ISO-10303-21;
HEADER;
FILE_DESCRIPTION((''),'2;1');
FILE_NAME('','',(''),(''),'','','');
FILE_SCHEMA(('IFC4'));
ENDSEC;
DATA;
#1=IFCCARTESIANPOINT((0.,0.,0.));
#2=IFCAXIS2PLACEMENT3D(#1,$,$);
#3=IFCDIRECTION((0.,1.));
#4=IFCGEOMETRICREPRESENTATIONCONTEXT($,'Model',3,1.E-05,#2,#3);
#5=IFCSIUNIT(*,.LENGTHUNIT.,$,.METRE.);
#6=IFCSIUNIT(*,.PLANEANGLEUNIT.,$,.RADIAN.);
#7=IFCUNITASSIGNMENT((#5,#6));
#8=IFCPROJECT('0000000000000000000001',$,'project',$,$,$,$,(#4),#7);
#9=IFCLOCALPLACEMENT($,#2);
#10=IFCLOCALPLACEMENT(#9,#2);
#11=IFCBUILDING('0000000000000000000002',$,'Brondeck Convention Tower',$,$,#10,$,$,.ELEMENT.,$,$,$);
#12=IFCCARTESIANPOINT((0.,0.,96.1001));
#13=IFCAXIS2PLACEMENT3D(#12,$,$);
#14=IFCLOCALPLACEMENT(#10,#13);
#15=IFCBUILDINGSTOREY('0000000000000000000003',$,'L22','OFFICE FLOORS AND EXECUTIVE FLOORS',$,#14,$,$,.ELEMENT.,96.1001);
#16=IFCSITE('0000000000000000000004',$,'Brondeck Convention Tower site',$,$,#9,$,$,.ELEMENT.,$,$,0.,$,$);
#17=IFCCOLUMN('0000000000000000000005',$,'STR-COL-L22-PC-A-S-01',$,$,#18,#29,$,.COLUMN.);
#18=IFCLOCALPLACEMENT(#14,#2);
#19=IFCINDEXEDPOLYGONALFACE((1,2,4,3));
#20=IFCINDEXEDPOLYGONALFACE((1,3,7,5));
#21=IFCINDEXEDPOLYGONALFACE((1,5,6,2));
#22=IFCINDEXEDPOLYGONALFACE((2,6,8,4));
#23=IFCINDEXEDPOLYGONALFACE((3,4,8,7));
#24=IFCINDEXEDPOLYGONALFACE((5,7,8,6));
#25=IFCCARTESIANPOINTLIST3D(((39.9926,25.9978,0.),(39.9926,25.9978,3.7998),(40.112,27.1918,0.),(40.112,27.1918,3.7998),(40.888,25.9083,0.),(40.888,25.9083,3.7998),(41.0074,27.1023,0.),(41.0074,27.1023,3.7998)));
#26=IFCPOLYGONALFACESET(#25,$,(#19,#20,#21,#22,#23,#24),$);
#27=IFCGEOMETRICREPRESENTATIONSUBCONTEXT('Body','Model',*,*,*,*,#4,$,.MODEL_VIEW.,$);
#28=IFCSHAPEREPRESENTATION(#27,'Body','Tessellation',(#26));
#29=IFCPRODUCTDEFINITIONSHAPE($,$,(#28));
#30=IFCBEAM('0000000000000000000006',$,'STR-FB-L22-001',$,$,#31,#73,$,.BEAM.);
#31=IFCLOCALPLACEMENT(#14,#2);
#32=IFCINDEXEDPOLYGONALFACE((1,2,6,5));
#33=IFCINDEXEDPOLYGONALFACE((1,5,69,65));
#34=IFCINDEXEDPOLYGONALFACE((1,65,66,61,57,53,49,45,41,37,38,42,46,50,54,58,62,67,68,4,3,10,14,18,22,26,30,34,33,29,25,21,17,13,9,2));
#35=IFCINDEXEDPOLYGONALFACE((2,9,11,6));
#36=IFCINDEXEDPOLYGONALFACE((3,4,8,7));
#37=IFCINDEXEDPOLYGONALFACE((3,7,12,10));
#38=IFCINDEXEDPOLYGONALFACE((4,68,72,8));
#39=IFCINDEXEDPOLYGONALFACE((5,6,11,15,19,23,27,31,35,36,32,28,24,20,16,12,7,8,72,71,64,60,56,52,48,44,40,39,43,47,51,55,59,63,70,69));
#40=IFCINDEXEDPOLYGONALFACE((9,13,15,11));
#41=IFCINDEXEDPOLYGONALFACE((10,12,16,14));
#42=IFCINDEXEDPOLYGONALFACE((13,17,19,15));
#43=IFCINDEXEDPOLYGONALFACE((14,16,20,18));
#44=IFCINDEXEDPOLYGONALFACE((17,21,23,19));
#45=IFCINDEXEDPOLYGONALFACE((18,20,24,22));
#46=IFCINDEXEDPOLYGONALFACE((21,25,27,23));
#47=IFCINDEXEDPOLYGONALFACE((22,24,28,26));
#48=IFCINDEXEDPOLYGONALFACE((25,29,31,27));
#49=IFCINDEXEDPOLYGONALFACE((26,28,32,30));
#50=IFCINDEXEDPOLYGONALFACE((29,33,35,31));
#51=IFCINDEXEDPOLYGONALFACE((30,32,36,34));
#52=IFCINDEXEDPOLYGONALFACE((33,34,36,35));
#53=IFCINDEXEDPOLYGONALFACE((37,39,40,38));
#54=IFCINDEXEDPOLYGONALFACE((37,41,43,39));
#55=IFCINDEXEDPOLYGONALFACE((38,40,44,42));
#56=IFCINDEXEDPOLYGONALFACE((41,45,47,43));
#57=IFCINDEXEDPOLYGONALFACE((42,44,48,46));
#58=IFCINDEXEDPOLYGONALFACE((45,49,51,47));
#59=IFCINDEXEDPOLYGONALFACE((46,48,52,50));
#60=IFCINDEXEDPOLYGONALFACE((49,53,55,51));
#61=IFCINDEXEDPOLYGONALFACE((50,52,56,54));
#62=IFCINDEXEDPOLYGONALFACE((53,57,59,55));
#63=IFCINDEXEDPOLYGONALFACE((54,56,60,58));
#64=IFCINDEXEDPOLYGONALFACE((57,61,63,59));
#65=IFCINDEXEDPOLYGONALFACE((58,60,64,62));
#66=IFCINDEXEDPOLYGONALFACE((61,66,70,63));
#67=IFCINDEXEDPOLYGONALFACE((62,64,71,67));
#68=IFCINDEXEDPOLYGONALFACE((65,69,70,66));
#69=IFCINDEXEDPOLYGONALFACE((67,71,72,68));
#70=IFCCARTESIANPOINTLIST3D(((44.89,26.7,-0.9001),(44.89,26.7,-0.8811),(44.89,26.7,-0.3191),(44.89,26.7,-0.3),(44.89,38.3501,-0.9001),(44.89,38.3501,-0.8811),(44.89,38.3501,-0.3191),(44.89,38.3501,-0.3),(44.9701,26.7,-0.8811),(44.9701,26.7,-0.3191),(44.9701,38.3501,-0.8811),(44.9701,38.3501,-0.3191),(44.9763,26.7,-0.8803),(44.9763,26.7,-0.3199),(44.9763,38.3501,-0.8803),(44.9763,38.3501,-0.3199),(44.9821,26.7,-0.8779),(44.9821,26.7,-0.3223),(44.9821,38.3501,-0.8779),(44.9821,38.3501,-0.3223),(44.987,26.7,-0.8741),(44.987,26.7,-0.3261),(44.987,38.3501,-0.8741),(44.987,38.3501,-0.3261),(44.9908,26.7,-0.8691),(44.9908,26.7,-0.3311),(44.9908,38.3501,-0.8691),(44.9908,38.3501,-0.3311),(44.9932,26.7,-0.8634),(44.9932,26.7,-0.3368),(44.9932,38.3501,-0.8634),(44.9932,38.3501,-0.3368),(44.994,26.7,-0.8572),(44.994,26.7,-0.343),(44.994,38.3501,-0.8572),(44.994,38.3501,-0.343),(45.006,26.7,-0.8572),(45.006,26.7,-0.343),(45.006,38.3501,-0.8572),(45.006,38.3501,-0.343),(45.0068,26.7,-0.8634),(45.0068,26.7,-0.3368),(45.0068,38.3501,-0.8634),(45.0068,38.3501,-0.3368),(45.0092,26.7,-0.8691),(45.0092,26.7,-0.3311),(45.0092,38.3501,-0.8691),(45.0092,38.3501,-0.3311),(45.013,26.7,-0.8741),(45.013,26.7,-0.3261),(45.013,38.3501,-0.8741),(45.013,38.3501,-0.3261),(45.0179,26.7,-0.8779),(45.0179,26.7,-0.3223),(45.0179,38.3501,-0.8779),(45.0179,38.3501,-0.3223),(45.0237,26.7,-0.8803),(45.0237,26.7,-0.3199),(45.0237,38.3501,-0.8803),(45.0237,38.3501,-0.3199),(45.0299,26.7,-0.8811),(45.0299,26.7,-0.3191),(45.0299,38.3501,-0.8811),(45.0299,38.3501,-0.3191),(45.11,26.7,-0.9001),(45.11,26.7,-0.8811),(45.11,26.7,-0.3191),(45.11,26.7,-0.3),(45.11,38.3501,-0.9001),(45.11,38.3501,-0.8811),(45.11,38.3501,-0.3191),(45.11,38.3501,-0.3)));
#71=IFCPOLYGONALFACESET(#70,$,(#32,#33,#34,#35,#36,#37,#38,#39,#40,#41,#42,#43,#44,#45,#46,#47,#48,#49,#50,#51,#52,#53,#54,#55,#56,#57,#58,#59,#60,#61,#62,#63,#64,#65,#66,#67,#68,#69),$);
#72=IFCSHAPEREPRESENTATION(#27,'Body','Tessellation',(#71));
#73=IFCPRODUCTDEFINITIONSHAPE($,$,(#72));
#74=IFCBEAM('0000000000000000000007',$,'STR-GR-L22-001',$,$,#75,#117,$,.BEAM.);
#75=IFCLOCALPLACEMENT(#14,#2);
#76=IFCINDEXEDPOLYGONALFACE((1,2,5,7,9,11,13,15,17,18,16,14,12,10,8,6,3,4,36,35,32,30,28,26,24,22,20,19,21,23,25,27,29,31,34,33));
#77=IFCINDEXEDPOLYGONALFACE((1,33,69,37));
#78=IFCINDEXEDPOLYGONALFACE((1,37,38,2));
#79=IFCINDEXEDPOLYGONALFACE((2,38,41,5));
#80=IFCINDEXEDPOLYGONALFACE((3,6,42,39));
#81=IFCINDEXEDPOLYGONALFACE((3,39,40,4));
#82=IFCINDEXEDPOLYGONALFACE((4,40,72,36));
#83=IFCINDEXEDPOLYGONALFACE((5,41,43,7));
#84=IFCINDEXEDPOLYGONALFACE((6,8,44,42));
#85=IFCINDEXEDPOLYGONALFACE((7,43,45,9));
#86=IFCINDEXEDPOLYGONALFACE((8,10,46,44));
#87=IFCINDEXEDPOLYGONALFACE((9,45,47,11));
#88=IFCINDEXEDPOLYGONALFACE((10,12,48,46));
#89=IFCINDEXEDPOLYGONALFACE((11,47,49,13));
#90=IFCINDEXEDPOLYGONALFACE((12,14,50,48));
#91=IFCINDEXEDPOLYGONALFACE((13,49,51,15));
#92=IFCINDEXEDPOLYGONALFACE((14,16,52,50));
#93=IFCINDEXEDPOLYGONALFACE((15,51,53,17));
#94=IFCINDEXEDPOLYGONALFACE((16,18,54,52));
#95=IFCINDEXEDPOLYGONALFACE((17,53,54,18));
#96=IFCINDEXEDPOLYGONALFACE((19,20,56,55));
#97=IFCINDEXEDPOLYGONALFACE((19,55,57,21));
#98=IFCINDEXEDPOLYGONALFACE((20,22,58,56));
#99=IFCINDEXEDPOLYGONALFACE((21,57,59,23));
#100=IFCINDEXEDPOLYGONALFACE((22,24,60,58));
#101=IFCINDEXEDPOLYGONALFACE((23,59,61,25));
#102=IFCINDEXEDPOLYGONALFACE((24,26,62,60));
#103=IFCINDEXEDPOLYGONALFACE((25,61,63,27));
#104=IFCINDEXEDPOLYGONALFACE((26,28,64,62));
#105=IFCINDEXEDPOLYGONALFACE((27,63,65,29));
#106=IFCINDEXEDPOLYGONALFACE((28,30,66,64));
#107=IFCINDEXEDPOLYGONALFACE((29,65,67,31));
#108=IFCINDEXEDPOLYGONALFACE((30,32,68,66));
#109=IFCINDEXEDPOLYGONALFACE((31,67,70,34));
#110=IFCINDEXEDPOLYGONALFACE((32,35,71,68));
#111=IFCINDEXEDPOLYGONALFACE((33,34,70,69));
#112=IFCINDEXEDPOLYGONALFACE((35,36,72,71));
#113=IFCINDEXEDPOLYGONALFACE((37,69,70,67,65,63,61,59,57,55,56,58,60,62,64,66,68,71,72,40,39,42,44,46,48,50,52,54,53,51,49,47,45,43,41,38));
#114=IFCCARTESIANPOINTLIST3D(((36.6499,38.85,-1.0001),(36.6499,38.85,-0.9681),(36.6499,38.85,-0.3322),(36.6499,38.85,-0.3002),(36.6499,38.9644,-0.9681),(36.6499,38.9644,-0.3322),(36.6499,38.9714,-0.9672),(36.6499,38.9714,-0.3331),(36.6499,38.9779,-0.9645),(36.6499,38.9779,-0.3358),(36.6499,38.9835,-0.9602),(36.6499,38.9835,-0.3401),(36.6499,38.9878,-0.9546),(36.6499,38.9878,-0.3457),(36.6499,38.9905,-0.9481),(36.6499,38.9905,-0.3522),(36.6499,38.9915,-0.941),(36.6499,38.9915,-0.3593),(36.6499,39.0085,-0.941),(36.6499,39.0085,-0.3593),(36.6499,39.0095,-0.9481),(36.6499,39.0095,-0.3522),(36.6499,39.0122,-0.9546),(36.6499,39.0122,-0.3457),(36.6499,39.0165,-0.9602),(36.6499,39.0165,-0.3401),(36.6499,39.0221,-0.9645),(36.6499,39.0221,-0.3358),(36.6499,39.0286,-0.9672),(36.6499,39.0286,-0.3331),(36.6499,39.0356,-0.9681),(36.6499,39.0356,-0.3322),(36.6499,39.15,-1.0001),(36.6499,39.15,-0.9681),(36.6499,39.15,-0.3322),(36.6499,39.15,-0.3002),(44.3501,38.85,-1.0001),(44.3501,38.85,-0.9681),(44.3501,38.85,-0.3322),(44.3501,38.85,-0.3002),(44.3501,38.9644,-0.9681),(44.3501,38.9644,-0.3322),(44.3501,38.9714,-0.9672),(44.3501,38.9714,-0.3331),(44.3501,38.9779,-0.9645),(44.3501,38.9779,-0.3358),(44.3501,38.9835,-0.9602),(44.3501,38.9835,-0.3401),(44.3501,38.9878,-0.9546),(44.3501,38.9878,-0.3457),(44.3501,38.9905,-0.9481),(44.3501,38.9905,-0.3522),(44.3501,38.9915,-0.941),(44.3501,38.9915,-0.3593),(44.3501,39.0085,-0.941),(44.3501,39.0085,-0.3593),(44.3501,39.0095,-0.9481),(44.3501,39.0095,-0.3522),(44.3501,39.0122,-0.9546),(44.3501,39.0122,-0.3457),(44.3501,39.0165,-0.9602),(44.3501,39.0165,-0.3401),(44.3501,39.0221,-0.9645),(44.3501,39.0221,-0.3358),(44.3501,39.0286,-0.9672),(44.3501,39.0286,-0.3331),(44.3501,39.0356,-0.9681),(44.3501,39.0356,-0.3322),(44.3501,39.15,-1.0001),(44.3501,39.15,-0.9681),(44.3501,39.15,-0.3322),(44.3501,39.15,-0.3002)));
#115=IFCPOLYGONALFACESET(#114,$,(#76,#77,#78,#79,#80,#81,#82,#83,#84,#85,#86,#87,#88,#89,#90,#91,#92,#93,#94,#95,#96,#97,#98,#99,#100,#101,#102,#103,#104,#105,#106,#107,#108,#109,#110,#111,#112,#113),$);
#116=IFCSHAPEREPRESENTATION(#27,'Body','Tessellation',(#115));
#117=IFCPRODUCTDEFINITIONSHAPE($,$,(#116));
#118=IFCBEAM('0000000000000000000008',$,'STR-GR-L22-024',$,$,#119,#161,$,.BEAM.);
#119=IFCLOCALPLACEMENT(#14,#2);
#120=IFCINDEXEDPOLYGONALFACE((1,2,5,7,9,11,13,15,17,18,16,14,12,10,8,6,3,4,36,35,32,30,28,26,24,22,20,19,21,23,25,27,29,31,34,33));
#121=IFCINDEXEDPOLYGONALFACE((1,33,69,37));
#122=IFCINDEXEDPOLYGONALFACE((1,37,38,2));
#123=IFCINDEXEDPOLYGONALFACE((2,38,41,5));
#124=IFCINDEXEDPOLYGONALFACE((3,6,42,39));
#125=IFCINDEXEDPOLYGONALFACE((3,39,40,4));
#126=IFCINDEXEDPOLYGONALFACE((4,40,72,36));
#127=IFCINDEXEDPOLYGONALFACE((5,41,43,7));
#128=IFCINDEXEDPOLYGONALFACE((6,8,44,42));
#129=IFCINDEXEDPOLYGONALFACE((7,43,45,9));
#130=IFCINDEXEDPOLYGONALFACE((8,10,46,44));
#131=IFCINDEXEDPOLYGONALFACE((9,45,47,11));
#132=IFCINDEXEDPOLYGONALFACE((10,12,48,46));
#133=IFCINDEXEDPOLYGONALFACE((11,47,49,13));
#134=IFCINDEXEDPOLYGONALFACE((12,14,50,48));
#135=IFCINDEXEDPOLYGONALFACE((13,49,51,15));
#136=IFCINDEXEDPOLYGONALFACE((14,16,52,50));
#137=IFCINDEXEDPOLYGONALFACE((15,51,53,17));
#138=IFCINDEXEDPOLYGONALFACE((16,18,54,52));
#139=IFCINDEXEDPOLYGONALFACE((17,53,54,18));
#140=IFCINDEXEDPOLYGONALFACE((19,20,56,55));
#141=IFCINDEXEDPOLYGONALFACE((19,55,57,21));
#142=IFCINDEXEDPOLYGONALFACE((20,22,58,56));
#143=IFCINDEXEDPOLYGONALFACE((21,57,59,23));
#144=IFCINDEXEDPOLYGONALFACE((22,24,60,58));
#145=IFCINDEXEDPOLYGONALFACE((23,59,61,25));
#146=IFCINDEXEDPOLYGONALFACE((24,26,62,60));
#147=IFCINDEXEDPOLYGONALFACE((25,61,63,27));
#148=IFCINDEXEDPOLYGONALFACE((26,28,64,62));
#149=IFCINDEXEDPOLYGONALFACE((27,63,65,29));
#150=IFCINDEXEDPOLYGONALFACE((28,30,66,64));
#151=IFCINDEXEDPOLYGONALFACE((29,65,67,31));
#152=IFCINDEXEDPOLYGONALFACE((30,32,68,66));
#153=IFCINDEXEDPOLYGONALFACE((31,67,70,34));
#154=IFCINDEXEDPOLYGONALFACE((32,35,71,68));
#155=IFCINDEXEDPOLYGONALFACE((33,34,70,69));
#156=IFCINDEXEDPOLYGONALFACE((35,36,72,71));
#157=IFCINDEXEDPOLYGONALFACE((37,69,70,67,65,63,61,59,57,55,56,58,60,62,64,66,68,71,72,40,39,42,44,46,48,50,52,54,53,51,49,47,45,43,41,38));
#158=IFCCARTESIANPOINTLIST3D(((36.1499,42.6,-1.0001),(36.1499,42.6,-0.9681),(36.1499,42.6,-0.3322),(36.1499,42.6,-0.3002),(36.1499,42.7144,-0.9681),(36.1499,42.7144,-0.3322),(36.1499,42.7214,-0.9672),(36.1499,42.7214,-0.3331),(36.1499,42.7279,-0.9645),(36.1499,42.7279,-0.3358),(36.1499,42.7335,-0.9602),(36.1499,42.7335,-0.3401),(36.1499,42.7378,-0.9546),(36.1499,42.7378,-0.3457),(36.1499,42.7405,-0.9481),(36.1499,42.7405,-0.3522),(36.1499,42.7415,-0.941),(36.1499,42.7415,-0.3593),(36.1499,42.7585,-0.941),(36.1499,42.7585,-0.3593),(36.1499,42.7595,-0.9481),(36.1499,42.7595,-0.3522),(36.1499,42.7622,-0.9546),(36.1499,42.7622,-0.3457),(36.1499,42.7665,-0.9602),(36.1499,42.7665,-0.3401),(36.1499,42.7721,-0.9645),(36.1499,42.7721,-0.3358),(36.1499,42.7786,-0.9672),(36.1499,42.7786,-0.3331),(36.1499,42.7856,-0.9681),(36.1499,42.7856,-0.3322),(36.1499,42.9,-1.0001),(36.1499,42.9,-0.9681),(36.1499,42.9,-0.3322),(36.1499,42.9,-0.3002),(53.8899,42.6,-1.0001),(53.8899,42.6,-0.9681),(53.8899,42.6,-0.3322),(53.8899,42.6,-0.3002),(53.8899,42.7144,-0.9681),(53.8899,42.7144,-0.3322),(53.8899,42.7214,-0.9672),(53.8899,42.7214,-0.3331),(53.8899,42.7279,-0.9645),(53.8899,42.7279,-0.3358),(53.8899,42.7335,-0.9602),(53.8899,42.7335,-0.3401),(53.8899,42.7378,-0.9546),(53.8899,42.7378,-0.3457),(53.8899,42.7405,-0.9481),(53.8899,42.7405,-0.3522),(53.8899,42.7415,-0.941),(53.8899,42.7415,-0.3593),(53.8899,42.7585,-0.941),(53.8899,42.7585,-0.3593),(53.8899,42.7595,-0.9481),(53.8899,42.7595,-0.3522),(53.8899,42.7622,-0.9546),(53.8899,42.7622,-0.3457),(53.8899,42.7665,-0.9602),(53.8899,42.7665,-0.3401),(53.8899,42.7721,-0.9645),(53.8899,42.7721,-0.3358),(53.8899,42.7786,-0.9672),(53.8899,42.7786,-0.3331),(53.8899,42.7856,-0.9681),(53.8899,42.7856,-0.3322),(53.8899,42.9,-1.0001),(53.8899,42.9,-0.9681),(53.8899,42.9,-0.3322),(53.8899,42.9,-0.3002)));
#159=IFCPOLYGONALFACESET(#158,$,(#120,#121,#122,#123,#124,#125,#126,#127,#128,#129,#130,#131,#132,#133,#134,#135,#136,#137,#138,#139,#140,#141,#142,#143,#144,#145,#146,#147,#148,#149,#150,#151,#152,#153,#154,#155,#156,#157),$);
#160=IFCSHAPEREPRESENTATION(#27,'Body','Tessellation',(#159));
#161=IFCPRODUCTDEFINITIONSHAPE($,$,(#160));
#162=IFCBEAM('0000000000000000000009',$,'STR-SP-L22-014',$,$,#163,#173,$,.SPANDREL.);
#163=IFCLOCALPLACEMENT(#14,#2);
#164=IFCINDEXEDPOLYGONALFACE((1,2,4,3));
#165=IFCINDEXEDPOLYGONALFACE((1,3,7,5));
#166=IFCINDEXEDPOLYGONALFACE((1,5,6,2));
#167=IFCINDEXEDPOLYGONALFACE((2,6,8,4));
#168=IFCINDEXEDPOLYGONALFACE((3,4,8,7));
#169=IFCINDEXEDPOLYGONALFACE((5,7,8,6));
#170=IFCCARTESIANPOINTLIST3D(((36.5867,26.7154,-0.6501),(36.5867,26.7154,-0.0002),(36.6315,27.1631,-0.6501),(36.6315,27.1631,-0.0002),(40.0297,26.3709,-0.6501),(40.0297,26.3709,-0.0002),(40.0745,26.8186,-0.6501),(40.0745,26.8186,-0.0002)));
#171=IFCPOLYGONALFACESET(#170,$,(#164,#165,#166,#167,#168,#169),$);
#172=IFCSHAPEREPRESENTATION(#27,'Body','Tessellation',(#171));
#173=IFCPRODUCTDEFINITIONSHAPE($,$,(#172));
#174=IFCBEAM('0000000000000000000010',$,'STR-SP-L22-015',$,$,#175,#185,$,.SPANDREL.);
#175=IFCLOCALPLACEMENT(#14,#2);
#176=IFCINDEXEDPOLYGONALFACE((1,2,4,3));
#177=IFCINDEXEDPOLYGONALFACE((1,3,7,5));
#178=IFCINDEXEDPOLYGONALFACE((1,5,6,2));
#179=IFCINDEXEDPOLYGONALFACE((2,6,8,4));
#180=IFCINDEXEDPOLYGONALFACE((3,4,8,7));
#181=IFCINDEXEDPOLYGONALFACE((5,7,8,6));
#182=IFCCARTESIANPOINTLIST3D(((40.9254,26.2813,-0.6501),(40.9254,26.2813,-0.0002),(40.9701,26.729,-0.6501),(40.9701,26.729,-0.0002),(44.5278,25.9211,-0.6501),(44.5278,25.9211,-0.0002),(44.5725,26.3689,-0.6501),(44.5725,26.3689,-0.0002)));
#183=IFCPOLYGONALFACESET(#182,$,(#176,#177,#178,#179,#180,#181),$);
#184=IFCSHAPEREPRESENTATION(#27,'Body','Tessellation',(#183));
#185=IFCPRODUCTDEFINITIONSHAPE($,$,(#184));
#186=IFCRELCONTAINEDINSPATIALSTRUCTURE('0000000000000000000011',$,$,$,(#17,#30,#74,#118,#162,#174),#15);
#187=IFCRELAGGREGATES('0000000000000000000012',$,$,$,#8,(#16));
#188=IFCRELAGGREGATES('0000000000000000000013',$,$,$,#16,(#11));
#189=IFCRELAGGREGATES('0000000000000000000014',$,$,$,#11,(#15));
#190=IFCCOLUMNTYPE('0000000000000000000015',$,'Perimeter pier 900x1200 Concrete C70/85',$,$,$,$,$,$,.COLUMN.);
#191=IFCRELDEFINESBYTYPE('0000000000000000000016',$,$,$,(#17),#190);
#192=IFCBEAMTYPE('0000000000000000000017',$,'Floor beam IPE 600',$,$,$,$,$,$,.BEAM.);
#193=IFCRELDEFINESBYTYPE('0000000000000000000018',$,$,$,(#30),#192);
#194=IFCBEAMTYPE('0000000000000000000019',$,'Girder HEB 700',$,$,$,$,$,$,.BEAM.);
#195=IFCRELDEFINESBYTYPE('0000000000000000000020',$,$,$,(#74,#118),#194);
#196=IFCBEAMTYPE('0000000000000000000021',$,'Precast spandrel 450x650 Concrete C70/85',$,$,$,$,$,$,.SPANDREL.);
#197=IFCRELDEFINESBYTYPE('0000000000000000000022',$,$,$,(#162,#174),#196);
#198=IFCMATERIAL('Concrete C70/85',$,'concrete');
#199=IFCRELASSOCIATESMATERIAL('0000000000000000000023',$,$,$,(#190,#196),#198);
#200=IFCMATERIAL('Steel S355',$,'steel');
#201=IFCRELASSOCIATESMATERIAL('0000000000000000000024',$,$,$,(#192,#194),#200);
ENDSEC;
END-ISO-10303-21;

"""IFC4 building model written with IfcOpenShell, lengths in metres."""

from ifc_helpers import new_model, si_unit, direction, frame, origin, origin_2d, place, context, subcontext, project, spatial, rectangle, i_section, extrude, material, material_profile, profile_set, type_object, element, save


model = new_model("IFC4")

# Units and contexts
model_context = context("Model", 3, precision=1e-05, world=origin(), true_north=direction((0.0, 1.0)))
body_context = subcontext(model_context, "Body", "Model", "MODEL_VIEW")
ifc_project = project(units=[si_unit("LENGTHUNIT", "METRE"), si_unit("PLANEANGLEUNIT", "RADIAN")], contexts=[model_context])

# Site, building, storey
site_placement = place(None, origin())
site = spatial("IfcSite", under=ifc_project, at=site_placement, Name="Brondeck Convention Tower site", CompositionType="ELEMENT", RefElevation=0.0)
building_placement = place(site_placement, origin())
building = spatial("IfcBuilding", under=site, at=building_placement, Name="Brondeck Convention Tower", CompositionType="ELEMENT")
storey_placement = place(building_placement, frame((0.0, 0.0, 96.1001)))
storey = spatial("IfcBuildingStorey", under=building, at=storey_placement, Name="L22", Description="OFFICE FLOORS AND EXECUTIVE FLOORS", CompositionType="ELEMENT", Elevation=96.1001)

# Column
ifc_material_1 = material(Name="Concrete C70/85", Category="concrete")
ifc_material_profile_1 = material_profile(ifc_material_1, rectangle(XDim=0.8999, YDim=1.2, at=origin_2d()), Name="Perimeter pier 900x1200 Concrete C70/85")
ifc_profile_set_1 = profile_set([ifc_material_profile_1], Name="Concrete C70/85")
column_type = type_object("IfcColumnType", Name="Perimeter pier 900x1200 Concrete C70/85", PredefinedType="COLUMN", material=ifc_profile_set_1)
column_placement = place(storey_placement, frame((40.5, 26.55, 0.0), z_axis=(0.0, 0.0, 1.0), x_axis=(0.995037, -0.099504, 0.0)))
element("IfcColumn", 1, at=column_placement, inside=storey, type_object=column_type, Name="STR-COL-L22-PC-A-S-01", PredefinedType="COLUMN", context=body_context, shape_type="SweptSolid", body=[
    extrude(rectangle(XDim=0.8999, YDim=1.2, at=origin_2d()), origin(), (0.0, 0.0, 1.0), 3.7998),
])

# Beams
ifc_material_2 = material(Name="Steel S355", Category="steel")
ifc_material_profile_2 = material_profile(ifc_material_2, i_section(OverallWidth=0.22, OverallDepth=0.6001, WebThickness=0.012, FlangeThickness=0.019, FilletRadius=0.0239, at=origin_2d()), Name="IPE 600")
ifc_profile_set_2 = profile_set([ifc_material_profile_2], Name="Steel S355")
beam_type_1 = type_object("IfcBeamType", Name="Floor beam IPE 600", PredefinedType="BEAM", material=ifc_profile_set_2)
beam_1_placement = place(storey_placement, frame((45.0, 26.7, -0.6001), z_axis=(0.0, 1.0, 0.0), x_axis=(-1.0, 0.0, 0.0)))
element("IfcBeam", 2, at=beam_1_placement, inside=storey, type_object=beam_type_1, Name="STR-FB-L22-001", PredefinedType="BEAM", context=body_context, shape_type="SweptSolid", body=[
    extrude(i_section(OverallWidth=0.22, OverallDepth=0.6001, WebThickness=0.012, FlangeThickness=0.019, FilletRadius=0.0239, at=origin_2d()), origin(), (0.0, 0.0, 1.0), 11.6501),
])
ifc_material_profile_3 = material_profile(ifc_material_2, i_section(OverallWidth=0.3, OverallDepth=0.7, WebThickness=0.0171, FlangeThickness=0.032, FilletRadius=0.0271, at=origin_2d()), Name="HEB 700")
ifc_profile_set_3 = profile_set([ifc_material_profile_3], Name="Steel S355")
beam_type_2 = type_object("IfcBeamType", Name="Girder HEB 700", PredefinedType="BEAM", material=ifc_profile_set_3)
beam_2_placement = place(storey_placement, frame((36.6499, 39.0, -0.6501), z_axis=(1.0, 0.0, 0.0), x_axis=(0.0, 1.0, 0.0)))
element("IfcBeam", 3, at=beam_2_placement, inside=storey, type_object=beam_type_2, Name="STR-GR-L22-001", PredefinedType="BEAM", context=body_context, shape_type="SweptSolid", body=[
    extrude(i_section(OverallWidth=0.3, OverallDepth=0.7, WebThickness=0.0171, FlangeThickness=0.032, FilletRadius=0.0271, at=origin_2d()), origin(), (0.0, 0.0, 1.0), 7.7002),
])
beam_3_placement = place(storey_placement, frame((36.1499, 42.75, -0.6501), z_axis=(1.0, 0.0, 0.0), x_axis=(0.0, 1.0, 0.0)))
element("IfcBeam", 4, at=beam_3_placement, inside=storey, type_object=beam_type_2, Name="STR-GR-L22-024", PredefinedType="BEAM", context=body_context, shape_type="SweptSolid", body=[
    extrude(i_section(OverallWidth=0.3, OverallDepth=0.7, WebThickness=0.0171, FlangeThickness=0.032, FilletRadius=0.0271, at=origin_2d()), origin(), (0.0, 0.0, 1.0), 17.74),
])
ifc_material_profile_4 = material_profile(ifc_material_1, rectangle(XDim=0.45, YDim=0.6499, at=origin_2d()), Name="Precast spandrel 450x650 Concrete C70/85")
ifc_profile_set_4 = profile_set([ifc_material_profile_4], Name="Concrete C70/85")
beam_type_3 = type_object("IfcBeamType", Name="Precast spandrel 450x650 Concrete C70/85", PredefinedType="SPANDREL", material=ifc_profile_set_4)
beam_4_placement = place(storey_placement, frame((36.6091, 26.9392, -0.3252), z_axis=(0.995032, -0.099553, 0.0), x_axis=(0.099553, 0.995032, 0.0)))
element("IfcBeam", 5, at=beam_4_placement, inside=storey, type_object=beam_type_3, Name="STR-SP-L22-014", PredefinedType="SPANDREL", context=body_context, shape_type="SweptSolid", body=[
    extrude(rectangle(XDim=0.45, YDim=0.6499, at=origin_2d()), origin(), (0.0, 0.0, 1.0), 3.4602),
])
beam_5_placement = place(storey_placement, frame((40.9478, 26.5051, -0.3252), z_axis=(0.995041, -0.09947, 0.0), x_axis=(0.09947, 0.995041, 0.0)))
element("IfcBeam", 6, at=beam_5_placement, inside=storey, type_object=beam_type_3, Name="STR-SP-L22-015", PredefinedType="SPANDREL", context=body_context, shape_type="SweptSolid", body=[
    extrude(rectangle(XDim=0.45, YDim=0.6499, at=origin_2d()), origin(), (0.0, 0.0, 1.0), 3.6204),
])

save(model, "model.ifc")
